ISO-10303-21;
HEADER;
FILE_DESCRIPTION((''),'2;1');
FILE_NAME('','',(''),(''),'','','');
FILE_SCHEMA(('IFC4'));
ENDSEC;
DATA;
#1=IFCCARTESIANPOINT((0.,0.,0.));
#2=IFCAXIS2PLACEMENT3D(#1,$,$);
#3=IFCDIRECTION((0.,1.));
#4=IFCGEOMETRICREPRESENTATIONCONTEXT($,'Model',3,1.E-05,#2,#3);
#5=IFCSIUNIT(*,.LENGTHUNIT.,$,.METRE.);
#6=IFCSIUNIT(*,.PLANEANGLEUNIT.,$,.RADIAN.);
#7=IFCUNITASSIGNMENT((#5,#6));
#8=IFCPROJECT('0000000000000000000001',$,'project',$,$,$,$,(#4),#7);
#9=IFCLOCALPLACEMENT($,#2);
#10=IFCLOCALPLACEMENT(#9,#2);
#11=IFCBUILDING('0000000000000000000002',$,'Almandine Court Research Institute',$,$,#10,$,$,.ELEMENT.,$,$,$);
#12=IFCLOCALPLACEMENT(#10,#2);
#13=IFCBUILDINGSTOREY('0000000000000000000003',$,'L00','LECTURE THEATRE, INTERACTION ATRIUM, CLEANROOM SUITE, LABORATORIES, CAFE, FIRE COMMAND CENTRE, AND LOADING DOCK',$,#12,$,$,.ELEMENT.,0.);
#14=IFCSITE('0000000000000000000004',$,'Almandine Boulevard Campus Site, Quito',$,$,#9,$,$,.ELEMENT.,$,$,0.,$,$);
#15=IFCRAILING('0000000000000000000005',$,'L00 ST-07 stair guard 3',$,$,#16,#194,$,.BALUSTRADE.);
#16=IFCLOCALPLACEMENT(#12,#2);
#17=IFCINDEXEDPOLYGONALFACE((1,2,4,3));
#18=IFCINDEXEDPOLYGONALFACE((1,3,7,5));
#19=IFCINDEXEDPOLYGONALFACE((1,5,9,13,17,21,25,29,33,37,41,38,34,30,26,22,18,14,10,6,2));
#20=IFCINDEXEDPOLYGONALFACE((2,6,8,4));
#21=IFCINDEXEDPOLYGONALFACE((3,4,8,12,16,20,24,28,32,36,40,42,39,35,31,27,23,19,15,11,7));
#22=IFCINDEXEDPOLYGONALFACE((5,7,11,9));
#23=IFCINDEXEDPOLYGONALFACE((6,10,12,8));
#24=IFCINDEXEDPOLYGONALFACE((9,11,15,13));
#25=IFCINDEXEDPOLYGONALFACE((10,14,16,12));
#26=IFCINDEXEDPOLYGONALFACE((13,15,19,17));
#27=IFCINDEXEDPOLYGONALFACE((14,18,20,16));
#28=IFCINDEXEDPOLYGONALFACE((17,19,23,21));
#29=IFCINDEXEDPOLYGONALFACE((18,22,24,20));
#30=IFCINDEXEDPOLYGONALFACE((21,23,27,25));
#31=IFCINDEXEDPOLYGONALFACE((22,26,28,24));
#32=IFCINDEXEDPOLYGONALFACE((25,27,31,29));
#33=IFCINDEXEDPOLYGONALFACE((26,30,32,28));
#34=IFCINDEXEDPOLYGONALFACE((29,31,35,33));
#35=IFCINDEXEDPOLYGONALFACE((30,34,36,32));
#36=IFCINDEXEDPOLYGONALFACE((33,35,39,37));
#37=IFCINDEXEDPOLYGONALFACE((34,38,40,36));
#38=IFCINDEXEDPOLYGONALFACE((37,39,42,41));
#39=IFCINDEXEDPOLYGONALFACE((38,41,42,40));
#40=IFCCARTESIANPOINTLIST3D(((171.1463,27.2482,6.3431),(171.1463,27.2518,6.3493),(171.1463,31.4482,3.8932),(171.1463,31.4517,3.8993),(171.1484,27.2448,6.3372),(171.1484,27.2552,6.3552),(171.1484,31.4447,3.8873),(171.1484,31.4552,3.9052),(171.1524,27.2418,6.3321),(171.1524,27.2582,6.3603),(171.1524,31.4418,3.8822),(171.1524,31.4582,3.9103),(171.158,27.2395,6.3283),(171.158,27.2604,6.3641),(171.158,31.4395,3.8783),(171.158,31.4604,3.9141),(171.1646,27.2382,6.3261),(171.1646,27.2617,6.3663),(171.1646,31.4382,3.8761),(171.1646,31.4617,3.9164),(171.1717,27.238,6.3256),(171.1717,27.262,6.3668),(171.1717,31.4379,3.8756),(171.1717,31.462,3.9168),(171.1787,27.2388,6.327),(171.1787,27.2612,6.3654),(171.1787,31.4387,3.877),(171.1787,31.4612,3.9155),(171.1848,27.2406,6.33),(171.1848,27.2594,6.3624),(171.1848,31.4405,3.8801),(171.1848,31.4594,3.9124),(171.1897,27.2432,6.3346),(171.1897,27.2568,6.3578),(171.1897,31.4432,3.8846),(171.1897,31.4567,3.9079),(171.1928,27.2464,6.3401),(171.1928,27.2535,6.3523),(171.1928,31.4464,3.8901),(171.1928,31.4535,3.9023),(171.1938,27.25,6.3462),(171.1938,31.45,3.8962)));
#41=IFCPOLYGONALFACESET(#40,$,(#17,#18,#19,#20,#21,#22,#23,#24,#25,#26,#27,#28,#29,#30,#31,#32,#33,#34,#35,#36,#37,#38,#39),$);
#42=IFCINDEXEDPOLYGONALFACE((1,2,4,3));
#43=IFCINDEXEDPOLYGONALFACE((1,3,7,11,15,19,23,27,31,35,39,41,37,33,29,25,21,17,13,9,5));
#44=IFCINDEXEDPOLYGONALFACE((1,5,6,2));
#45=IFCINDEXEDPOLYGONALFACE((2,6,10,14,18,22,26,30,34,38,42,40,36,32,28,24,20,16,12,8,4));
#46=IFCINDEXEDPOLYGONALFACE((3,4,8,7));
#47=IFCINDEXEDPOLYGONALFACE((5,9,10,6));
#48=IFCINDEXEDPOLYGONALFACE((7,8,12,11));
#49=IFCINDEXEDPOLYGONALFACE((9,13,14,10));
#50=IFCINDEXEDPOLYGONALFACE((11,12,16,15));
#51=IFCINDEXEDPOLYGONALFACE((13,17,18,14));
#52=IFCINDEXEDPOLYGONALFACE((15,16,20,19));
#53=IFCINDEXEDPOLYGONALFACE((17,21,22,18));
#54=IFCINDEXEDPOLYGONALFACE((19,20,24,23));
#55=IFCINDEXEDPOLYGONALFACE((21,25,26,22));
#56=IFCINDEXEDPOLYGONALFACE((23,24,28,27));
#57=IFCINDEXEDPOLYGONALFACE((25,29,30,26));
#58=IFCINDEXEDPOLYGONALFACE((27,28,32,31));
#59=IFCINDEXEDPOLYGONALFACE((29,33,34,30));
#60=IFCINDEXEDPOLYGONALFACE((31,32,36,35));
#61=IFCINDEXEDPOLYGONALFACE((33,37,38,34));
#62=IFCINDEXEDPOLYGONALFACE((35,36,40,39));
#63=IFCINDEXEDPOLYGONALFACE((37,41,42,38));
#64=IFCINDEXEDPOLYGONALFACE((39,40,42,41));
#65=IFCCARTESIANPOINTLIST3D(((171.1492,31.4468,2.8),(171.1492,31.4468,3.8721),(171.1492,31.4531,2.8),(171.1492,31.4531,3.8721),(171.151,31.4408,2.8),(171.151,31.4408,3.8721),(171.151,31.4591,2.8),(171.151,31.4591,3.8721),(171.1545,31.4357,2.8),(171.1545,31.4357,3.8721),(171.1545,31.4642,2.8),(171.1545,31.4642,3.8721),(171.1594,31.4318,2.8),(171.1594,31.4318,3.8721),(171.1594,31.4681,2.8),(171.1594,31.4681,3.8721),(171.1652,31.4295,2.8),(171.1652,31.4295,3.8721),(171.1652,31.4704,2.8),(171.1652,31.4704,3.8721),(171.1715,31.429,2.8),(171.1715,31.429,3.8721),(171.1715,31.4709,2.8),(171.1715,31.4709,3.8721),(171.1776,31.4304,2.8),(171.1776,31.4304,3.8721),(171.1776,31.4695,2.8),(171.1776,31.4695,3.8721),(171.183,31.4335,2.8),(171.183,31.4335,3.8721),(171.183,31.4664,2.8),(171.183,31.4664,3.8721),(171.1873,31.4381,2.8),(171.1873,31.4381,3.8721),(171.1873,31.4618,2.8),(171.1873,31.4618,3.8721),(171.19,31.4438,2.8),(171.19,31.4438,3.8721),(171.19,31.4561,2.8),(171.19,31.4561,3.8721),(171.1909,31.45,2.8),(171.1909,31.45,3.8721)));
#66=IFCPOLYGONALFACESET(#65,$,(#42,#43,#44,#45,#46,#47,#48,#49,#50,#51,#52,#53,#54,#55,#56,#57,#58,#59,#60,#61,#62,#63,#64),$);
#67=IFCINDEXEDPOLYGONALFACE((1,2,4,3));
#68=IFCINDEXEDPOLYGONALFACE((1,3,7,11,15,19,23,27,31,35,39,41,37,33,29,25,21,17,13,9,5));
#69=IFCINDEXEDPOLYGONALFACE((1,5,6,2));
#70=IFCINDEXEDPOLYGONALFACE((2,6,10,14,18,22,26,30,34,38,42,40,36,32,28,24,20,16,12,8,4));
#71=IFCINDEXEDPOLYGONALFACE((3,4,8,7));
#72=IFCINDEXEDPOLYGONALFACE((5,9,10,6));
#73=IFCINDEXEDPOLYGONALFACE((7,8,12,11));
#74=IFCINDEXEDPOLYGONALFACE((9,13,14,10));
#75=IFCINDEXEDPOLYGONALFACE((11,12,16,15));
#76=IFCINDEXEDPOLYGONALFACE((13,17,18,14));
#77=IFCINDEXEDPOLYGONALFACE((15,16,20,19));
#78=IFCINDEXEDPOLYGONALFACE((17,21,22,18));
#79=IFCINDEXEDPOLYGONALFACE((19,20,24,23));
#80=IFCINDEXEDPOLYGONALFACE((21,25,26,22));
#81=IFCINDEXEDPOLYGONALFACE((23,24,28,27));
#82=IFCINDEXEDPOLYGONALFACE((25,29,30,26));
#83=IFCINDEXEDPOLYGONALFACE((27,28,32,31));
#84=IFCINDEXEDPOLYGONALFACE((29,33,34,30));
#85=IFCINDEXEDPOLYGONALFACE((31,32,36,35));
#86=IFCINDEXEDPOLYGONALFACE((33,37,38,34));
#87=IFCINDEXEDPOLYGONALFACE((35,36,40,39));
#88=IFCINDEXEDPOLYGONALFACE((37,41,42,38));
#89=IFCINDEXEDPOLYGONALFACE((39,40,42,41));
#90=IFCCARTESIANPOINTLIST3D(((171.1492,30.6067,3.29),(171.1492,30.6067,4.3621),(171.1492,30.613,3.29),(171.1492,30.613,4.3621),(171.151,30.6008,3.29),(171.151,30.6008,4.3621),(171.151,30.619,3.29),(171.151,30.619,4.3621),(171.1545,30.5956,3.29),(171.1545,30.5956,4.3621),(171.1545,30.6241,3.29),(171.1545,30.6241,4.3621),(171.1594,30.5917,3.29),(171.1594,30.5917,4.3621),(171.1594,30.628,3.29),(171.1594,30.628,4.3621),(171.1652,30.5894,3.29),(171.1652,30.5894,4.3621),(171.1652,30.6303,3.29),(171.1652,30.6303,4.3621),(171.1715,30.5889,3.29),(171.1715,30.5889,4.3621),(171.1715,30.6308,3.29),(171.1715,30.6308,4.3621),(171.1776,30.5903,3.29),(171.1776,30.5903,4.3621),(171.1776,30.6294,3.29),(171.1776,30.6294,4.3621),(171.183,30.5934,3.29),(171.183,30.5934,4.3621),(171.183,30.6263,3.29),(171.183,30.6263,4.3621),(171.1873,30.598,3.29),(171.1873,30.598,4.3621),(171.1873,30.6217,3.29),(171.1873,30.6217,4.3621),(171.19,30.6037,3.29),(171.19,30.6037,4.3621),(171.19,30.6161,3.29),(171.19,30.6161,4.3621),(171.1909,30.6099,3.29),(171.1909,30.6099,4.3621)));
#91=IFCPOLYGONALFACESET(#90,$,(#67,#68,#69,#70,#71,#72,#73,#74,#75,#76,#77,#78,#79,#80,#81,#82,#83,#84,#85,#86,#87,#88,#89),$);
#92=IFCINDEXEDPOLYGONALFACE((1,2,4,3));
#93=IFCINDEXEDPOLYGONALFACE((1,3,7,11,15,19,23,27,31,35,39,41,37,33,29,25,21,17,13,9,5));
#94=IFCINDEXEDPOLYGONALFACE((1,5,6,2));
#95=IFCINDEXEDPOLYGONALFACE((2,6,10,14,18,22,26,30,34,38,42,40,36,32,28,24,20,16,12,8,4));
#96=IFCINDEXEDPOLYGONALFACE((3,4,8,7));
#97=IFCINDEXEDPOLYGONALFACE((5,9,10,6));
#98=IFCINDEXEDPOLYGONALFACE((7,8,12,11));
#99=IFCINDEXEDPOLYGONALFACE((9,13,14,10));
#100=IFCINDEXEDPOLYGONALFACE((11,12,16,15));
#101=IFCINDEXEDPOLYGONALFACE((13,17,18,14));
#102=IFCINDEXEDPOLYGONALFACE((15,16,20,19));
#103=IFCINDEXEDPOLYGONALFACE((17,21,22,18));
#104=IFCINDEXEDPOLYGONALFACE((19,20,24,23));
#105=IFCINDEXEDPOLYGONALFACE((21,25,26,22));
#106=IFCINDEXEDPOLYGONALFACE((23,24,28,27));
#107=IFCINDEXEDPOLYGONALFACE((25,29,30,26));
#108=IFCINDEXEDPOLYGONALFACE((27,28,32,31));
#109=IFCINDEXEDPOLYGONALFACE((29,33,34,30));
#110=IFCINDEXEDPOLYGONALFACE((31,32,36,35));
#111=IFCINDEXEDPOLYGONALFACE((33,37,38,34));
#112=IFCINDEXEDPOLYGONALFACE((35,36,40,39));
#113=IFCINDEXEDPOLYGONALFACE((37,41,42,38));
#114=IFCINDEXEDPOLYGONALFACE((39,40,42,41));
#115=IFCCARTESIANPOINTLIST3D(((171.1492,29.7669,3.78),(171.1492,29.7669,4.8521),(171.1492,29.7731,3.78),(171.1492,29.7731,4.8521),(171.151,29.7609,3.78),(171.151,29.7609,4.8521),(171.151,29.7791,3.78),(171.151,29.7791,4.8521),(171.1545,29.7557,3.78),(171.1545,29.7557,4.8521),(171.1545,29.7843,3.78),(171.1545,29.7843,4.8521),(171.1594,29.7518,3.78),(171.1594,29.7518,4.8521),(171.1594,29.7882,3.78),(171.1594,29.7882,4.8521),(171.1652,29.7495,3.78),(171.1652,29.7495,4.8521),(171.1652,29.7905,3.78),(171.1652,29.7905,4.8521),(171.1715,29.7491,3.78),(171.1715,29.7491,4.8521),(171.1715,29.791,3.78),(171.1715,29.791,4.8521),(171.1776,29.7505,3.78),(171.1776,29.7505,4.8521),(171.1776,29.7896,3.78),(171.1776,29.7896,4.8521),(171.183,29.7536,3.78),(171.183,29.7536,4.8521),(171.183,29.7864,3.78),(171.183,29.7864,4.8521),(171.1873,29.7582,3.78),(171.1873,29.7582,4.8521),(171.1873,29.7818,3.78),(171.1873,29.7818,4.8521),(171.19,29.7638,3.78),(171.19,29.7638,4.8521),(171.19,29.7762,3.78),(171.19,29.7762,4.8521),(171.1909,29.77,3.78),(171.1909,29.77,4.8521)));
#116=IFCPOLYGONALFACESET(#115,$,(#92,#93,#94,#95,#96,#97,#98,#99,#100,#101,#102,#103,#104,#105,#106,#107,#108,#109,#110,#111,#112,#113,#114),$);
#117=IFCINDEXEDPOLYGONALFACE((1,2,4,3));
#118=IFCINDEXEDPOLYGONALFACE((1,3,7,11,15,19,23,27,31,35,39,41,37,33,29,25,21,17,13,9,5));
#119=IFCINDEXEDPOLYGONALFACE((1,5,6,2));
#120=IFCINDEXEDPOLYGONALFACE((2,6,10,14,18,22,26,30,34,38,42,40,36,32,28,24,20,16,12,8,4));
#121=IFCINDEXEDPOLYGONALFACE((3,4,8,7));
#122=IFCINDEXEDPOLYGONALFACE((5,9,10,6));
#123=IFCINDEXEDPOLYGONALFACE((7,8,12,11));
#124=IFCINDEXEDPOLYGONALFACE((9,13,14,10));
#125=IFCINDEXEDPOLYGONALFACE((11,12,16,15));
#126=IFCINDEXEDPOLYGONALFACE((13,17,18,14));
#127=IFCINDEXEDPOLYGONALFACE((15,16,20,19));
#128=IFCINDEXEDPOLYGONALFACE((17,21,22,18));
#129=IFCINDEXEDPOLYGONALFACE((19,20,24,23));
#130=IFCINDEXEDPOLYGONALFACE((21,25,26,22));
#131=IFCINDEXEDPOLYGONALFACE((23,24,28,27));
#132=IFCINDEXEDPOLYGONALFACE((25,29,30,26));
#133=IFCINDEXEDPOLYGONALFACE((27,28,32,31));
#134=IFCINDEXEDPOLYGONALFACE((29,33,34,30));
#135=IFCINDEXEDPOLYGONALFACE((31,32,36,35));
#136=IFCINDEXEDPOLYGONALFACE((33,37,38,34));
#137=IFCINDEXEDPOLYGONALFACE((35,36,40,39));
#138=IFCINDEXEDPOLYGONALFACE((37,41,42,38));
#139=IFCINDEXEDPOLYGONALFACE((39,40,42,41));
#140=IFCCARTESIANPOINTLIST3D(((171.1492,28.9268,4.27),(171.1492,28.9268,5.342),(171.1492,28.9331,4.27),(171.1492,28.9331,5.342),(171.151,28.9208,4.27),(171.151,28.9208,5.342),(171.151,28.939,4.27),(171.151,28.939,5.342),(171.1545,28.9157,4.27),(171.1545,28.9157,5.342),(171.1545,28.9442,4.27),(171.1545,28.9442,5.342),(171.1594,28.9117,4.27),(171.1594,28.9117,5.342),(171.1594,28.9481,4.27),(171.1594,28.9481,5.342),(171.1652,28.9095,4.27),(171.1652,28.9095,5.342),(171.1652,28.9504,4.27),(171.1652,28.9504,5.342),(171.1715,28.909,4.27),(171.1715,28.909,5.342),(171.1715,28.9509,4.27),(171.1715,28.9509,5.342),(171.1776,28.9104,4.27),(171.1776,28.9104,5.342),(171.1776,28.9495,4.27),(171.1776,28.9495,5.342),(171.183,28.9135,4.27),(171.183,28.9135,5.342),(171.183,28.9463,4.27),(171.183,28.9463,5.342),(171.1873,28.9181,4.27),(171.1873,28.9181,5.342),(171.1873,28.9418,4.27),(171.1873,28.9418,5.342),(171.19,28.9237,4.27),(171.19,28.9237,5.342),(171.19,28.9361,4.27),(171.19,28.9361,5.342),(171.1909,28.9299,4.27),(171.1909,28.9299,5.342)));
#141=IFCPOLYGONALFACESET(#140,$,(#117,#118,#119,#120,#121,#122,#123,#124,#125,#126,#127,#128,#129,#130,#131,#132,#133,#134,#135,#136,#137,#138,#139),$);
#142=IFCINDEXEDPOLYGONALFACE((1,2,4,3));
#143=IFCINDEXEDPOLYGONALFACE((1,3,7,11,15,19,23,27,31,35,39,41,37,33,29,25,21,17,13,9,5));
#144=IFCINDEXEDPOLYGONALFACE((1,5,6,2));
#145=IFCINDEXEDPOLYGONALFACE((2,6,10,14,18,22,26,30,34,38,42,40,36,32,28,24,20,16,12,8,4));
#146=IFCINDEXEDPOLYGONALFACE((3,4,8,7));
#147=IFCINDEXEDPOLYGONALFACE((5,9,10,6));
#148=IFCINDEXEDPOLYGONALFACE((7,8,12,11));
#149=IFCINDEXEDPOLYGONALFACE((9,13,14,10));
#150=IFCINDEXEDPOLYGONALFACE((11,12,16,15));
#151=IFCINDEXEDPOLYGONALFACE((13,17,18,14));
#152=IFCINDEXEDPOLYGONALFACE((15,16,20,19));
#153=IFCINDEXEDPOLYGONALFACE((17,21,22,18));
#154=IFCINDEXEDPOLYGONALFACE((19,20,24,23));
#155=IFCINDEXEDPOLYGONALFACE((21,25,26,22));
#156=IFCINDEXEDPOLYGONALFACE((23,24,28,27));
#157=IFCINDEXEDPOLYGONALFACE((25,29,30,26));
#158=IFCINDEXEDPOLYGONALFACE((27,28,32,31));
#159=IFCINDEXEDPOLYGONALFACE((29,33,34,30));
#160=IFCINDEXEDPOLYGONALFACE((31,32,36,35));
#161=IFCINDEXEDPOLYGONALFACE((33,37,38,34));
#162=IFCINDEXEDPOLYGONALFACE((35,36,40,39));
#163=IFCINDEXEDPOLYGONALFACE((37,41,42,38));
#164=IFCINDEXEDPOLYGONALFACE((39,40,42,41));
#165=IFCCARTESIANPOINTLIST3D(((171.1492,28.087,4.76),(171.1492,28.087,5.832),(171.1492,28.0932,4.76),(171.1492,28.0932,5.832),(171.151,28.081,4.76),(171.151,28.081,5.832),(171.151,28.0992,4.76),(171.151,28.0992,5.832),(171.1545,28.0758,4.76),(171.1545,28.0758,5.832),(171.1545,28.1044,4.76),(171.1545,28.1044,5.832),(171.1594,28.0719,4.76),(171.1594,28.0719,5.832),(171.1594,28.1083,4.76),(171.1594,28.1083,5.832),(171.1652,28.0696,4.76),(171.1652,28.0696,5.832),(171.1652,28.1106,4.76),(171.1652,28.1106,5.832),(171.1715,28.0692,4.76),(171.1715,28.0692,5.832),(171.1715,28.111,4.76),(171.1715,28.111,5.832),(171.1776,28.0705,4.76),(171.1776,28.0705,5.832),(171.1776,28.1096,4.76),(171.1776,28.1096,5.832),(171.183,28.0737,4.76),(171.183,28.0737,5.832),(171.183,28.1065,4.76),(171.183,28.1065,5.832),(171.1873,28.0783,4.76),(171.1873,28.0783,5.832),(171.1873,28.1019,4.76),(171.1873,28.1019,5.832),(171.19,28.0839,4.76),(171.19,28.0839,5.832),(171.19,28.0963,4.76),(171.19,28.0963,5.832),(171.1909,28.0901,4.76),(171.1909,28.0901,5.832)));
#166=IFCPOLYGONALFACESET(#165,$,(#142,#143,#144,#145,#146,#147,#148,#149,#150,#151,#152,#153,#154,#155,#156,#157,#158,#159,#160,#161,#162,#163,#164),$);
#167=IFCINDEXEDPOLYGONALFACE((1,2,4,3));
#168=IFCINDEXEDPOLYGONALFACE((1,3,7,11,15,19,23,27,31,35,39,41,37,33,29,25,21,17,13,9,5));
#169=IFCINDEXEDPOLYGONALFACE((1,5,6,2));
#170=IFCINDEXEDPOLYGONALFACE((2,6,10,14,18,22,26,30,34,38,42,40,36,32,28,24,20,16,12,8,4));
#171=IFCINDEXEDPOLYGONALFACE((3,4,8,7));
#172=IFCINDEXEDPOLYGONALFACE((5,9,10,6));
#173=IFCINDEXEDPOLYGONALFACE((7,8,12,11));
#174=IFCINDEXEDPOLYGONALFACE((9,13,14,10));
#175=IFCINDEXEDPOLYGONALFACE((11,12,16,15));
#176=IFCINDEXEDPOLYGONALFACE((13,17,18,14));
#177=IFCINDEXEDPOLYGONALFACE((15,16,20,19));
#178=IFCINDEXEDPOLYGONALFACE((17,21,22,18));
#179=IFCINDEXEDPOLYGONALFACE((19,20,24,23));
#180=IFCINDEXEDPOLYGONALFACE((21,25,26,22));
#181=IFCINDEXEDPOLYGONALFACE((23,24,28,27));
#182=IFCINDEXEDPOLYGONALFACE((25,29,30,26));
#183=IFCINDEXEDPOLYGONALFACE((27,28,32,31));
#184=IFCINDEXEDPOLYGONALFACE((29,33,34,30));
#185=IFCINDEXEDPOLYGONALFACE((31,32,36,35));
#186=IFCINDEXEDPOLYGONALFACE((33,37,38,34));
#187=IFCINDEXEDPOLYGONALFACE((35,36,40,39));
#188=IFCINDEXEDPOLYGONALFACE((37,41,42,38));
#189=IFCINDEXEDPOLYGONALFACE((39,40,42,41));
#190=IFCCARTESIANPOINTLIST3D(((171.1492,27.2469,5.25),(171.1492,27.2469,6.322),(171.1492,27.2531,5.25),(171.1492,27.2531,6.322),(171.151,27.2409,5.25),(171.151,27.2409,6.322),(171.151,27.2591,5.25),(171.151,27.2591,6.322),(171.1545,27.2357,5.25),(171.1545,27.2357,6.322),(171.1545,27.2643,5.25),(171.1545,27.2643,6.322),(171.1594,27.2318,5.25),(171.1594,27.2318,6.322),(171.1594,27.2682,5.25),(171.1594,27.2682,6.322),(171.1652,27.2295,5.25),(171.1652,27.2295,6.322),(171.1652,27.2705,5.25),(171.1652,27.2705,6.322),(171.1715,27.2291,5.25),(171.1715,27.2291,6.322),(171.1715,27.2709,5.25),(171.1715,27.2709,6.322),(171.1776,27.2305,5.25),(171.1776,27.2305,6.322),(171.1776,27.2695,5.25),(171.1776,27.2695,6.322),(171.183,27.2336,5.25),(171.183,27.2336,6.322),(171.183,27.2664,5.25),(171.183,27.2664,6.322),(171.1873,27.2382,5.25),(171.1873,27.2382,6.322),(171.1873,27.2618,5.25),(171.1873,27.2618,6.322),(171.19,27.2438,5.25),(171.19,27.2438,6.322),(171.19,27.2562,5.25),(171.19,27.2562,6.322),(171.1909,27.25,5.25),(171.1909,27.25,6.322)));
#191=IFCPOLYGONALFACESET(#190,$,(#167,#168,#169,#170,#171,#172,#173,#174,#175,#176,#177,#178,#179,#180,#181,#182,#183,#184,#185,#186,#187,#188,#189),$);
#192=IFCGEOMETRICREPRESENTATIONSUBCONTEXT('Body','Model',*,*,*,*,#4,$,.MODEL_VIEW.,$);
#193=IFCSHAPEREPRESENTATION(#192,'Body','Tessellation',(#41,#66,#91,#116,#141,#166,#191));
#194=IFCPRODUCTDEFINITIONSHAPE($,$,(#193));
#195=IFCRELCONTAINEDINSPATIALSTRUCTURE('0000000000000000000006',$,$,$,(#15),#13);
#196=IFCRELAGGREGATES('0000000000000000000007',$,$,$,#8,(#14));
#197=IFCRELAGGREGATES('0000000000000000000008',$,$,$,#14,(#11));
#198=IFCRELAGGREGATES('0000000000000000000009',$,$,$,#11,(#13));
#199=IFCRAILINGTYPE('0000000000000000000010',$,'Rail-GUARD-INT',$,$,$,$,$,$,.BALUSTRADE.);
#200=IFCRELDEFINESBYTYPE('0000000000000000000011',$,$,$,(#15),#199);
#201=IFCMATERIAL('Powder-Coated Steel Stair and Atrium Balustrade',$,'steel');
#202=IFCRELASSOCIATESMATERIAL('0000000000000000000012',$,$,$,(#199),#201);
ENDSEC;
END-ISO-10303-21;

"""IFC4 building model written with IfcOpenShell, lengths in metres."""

from ifc_helpers import new_model, si_unit, direction, frame, origin, origin_2d, place, context, subcontext, project, spatial, circle, extrude, material, type_object, element, save


model = new_model("IFC4")

# Units and contexts
model_context = context("Model", 3, precision=1e-05, world=origin(), true_north=direction((0.0, 1.0)))
body_context = subcontext(model_context, "Body", "Model", "MODEL_VIEW")
ifc_project = project(units=[si_unit("LENGTHUNIT", "METRE"), si_unit("PLANEANGLEUNIT", "RADIAN")], contexts=[model_context])

# Site, building, storey
site_placement = place(None, origin())
site = spatial("IfcSite", under=ifc_project, at=site_placement, Name="Almandine Boulevard Campus Site, Quito", CompositionType="ELEMENT", RefElevation=0.0)
building_placement = place(site_placement, origin())
building = spatial("IfcBuilding", under=site, at=building_placement, Name="Almandine Court Research Institute", CompositionType="ELEMENT")
storey_placement = place(building_placement, origin())
storey = spatial("IfcBuildingStorey", under=building, at=storey_placement, Name="L00", Description="LECTURE THEATRE, INTERACTION ATRIUM, CLEANROOM SUITE, LABORATORIES, CAFE, FIRE COMMAND CENTRE, AND LOADING DOCK", CompositionType="ELEMENT", Elevation=0.0)

# Railing
ifc_material_1 = material(Name="Powder-Coated Steel Stair and Atrium Balustrade", Category="steel")
railing_type_1 = type_object("IfcRailingType", Name="Rail-GUARD-INT", PredefinedType="BALUSTRADE", material=ifc_material_1)
railing_1_placement = place(storey_placement, frame((171.1699, 31.45, 2.8)))
element("IfcRailing", 1, at=railing_1_placement, inside=storey, type_object=railing_type_1, Name="L00 ST-07 stair guard 3", PredefinedType="BALUSTRADE", context=body_context, shape_type="SweptSolid", body=[
    extrude(circle(Radius=0.0239, at=origin_2d()), frame((0.0, 0.0, 1.0962), z_axis=(0.0, -0.863781, 0.503868), x_axis=(1.0, 0.0, 0.0)), (0.0, 0.0, 1.0), 4.8623),
    extrude(circle(Radius=0.021, at=origin_2d()), origin(), (0.0, 0.0, 1.0), 1.072),
    extrude(circle(Radius=0.021, at=origin_2d()), frame((0.0, -0.8401, 0.49)), (0.0, 0.0, 1.0), 1.072),
    extrude(circle(Radius=0.021, at=origin_2d()), frame((0.0, -1.6799, 0.98)), (0.0, 0.0, 1.0), 1.072),
    extrude(circle(Radius=0.021, at=origin_2d()), frame((0.0, -2.52, 1.47)), (0.0, 0.0, 1.0), 1.072),
    extrude(circle(Radius=0.021, at=origin_2d()), frame((0.0, -3.3599, 1.96)), (0.0, 0.0, 1.0), 1.072),
    extrude(circle(Radius=0.021, at=origin_2d()), frame((0.0, -4.2, 2.45)), (0.0, 0.0, 1.0), 1.072),
])

save(model, "model.ifc")
